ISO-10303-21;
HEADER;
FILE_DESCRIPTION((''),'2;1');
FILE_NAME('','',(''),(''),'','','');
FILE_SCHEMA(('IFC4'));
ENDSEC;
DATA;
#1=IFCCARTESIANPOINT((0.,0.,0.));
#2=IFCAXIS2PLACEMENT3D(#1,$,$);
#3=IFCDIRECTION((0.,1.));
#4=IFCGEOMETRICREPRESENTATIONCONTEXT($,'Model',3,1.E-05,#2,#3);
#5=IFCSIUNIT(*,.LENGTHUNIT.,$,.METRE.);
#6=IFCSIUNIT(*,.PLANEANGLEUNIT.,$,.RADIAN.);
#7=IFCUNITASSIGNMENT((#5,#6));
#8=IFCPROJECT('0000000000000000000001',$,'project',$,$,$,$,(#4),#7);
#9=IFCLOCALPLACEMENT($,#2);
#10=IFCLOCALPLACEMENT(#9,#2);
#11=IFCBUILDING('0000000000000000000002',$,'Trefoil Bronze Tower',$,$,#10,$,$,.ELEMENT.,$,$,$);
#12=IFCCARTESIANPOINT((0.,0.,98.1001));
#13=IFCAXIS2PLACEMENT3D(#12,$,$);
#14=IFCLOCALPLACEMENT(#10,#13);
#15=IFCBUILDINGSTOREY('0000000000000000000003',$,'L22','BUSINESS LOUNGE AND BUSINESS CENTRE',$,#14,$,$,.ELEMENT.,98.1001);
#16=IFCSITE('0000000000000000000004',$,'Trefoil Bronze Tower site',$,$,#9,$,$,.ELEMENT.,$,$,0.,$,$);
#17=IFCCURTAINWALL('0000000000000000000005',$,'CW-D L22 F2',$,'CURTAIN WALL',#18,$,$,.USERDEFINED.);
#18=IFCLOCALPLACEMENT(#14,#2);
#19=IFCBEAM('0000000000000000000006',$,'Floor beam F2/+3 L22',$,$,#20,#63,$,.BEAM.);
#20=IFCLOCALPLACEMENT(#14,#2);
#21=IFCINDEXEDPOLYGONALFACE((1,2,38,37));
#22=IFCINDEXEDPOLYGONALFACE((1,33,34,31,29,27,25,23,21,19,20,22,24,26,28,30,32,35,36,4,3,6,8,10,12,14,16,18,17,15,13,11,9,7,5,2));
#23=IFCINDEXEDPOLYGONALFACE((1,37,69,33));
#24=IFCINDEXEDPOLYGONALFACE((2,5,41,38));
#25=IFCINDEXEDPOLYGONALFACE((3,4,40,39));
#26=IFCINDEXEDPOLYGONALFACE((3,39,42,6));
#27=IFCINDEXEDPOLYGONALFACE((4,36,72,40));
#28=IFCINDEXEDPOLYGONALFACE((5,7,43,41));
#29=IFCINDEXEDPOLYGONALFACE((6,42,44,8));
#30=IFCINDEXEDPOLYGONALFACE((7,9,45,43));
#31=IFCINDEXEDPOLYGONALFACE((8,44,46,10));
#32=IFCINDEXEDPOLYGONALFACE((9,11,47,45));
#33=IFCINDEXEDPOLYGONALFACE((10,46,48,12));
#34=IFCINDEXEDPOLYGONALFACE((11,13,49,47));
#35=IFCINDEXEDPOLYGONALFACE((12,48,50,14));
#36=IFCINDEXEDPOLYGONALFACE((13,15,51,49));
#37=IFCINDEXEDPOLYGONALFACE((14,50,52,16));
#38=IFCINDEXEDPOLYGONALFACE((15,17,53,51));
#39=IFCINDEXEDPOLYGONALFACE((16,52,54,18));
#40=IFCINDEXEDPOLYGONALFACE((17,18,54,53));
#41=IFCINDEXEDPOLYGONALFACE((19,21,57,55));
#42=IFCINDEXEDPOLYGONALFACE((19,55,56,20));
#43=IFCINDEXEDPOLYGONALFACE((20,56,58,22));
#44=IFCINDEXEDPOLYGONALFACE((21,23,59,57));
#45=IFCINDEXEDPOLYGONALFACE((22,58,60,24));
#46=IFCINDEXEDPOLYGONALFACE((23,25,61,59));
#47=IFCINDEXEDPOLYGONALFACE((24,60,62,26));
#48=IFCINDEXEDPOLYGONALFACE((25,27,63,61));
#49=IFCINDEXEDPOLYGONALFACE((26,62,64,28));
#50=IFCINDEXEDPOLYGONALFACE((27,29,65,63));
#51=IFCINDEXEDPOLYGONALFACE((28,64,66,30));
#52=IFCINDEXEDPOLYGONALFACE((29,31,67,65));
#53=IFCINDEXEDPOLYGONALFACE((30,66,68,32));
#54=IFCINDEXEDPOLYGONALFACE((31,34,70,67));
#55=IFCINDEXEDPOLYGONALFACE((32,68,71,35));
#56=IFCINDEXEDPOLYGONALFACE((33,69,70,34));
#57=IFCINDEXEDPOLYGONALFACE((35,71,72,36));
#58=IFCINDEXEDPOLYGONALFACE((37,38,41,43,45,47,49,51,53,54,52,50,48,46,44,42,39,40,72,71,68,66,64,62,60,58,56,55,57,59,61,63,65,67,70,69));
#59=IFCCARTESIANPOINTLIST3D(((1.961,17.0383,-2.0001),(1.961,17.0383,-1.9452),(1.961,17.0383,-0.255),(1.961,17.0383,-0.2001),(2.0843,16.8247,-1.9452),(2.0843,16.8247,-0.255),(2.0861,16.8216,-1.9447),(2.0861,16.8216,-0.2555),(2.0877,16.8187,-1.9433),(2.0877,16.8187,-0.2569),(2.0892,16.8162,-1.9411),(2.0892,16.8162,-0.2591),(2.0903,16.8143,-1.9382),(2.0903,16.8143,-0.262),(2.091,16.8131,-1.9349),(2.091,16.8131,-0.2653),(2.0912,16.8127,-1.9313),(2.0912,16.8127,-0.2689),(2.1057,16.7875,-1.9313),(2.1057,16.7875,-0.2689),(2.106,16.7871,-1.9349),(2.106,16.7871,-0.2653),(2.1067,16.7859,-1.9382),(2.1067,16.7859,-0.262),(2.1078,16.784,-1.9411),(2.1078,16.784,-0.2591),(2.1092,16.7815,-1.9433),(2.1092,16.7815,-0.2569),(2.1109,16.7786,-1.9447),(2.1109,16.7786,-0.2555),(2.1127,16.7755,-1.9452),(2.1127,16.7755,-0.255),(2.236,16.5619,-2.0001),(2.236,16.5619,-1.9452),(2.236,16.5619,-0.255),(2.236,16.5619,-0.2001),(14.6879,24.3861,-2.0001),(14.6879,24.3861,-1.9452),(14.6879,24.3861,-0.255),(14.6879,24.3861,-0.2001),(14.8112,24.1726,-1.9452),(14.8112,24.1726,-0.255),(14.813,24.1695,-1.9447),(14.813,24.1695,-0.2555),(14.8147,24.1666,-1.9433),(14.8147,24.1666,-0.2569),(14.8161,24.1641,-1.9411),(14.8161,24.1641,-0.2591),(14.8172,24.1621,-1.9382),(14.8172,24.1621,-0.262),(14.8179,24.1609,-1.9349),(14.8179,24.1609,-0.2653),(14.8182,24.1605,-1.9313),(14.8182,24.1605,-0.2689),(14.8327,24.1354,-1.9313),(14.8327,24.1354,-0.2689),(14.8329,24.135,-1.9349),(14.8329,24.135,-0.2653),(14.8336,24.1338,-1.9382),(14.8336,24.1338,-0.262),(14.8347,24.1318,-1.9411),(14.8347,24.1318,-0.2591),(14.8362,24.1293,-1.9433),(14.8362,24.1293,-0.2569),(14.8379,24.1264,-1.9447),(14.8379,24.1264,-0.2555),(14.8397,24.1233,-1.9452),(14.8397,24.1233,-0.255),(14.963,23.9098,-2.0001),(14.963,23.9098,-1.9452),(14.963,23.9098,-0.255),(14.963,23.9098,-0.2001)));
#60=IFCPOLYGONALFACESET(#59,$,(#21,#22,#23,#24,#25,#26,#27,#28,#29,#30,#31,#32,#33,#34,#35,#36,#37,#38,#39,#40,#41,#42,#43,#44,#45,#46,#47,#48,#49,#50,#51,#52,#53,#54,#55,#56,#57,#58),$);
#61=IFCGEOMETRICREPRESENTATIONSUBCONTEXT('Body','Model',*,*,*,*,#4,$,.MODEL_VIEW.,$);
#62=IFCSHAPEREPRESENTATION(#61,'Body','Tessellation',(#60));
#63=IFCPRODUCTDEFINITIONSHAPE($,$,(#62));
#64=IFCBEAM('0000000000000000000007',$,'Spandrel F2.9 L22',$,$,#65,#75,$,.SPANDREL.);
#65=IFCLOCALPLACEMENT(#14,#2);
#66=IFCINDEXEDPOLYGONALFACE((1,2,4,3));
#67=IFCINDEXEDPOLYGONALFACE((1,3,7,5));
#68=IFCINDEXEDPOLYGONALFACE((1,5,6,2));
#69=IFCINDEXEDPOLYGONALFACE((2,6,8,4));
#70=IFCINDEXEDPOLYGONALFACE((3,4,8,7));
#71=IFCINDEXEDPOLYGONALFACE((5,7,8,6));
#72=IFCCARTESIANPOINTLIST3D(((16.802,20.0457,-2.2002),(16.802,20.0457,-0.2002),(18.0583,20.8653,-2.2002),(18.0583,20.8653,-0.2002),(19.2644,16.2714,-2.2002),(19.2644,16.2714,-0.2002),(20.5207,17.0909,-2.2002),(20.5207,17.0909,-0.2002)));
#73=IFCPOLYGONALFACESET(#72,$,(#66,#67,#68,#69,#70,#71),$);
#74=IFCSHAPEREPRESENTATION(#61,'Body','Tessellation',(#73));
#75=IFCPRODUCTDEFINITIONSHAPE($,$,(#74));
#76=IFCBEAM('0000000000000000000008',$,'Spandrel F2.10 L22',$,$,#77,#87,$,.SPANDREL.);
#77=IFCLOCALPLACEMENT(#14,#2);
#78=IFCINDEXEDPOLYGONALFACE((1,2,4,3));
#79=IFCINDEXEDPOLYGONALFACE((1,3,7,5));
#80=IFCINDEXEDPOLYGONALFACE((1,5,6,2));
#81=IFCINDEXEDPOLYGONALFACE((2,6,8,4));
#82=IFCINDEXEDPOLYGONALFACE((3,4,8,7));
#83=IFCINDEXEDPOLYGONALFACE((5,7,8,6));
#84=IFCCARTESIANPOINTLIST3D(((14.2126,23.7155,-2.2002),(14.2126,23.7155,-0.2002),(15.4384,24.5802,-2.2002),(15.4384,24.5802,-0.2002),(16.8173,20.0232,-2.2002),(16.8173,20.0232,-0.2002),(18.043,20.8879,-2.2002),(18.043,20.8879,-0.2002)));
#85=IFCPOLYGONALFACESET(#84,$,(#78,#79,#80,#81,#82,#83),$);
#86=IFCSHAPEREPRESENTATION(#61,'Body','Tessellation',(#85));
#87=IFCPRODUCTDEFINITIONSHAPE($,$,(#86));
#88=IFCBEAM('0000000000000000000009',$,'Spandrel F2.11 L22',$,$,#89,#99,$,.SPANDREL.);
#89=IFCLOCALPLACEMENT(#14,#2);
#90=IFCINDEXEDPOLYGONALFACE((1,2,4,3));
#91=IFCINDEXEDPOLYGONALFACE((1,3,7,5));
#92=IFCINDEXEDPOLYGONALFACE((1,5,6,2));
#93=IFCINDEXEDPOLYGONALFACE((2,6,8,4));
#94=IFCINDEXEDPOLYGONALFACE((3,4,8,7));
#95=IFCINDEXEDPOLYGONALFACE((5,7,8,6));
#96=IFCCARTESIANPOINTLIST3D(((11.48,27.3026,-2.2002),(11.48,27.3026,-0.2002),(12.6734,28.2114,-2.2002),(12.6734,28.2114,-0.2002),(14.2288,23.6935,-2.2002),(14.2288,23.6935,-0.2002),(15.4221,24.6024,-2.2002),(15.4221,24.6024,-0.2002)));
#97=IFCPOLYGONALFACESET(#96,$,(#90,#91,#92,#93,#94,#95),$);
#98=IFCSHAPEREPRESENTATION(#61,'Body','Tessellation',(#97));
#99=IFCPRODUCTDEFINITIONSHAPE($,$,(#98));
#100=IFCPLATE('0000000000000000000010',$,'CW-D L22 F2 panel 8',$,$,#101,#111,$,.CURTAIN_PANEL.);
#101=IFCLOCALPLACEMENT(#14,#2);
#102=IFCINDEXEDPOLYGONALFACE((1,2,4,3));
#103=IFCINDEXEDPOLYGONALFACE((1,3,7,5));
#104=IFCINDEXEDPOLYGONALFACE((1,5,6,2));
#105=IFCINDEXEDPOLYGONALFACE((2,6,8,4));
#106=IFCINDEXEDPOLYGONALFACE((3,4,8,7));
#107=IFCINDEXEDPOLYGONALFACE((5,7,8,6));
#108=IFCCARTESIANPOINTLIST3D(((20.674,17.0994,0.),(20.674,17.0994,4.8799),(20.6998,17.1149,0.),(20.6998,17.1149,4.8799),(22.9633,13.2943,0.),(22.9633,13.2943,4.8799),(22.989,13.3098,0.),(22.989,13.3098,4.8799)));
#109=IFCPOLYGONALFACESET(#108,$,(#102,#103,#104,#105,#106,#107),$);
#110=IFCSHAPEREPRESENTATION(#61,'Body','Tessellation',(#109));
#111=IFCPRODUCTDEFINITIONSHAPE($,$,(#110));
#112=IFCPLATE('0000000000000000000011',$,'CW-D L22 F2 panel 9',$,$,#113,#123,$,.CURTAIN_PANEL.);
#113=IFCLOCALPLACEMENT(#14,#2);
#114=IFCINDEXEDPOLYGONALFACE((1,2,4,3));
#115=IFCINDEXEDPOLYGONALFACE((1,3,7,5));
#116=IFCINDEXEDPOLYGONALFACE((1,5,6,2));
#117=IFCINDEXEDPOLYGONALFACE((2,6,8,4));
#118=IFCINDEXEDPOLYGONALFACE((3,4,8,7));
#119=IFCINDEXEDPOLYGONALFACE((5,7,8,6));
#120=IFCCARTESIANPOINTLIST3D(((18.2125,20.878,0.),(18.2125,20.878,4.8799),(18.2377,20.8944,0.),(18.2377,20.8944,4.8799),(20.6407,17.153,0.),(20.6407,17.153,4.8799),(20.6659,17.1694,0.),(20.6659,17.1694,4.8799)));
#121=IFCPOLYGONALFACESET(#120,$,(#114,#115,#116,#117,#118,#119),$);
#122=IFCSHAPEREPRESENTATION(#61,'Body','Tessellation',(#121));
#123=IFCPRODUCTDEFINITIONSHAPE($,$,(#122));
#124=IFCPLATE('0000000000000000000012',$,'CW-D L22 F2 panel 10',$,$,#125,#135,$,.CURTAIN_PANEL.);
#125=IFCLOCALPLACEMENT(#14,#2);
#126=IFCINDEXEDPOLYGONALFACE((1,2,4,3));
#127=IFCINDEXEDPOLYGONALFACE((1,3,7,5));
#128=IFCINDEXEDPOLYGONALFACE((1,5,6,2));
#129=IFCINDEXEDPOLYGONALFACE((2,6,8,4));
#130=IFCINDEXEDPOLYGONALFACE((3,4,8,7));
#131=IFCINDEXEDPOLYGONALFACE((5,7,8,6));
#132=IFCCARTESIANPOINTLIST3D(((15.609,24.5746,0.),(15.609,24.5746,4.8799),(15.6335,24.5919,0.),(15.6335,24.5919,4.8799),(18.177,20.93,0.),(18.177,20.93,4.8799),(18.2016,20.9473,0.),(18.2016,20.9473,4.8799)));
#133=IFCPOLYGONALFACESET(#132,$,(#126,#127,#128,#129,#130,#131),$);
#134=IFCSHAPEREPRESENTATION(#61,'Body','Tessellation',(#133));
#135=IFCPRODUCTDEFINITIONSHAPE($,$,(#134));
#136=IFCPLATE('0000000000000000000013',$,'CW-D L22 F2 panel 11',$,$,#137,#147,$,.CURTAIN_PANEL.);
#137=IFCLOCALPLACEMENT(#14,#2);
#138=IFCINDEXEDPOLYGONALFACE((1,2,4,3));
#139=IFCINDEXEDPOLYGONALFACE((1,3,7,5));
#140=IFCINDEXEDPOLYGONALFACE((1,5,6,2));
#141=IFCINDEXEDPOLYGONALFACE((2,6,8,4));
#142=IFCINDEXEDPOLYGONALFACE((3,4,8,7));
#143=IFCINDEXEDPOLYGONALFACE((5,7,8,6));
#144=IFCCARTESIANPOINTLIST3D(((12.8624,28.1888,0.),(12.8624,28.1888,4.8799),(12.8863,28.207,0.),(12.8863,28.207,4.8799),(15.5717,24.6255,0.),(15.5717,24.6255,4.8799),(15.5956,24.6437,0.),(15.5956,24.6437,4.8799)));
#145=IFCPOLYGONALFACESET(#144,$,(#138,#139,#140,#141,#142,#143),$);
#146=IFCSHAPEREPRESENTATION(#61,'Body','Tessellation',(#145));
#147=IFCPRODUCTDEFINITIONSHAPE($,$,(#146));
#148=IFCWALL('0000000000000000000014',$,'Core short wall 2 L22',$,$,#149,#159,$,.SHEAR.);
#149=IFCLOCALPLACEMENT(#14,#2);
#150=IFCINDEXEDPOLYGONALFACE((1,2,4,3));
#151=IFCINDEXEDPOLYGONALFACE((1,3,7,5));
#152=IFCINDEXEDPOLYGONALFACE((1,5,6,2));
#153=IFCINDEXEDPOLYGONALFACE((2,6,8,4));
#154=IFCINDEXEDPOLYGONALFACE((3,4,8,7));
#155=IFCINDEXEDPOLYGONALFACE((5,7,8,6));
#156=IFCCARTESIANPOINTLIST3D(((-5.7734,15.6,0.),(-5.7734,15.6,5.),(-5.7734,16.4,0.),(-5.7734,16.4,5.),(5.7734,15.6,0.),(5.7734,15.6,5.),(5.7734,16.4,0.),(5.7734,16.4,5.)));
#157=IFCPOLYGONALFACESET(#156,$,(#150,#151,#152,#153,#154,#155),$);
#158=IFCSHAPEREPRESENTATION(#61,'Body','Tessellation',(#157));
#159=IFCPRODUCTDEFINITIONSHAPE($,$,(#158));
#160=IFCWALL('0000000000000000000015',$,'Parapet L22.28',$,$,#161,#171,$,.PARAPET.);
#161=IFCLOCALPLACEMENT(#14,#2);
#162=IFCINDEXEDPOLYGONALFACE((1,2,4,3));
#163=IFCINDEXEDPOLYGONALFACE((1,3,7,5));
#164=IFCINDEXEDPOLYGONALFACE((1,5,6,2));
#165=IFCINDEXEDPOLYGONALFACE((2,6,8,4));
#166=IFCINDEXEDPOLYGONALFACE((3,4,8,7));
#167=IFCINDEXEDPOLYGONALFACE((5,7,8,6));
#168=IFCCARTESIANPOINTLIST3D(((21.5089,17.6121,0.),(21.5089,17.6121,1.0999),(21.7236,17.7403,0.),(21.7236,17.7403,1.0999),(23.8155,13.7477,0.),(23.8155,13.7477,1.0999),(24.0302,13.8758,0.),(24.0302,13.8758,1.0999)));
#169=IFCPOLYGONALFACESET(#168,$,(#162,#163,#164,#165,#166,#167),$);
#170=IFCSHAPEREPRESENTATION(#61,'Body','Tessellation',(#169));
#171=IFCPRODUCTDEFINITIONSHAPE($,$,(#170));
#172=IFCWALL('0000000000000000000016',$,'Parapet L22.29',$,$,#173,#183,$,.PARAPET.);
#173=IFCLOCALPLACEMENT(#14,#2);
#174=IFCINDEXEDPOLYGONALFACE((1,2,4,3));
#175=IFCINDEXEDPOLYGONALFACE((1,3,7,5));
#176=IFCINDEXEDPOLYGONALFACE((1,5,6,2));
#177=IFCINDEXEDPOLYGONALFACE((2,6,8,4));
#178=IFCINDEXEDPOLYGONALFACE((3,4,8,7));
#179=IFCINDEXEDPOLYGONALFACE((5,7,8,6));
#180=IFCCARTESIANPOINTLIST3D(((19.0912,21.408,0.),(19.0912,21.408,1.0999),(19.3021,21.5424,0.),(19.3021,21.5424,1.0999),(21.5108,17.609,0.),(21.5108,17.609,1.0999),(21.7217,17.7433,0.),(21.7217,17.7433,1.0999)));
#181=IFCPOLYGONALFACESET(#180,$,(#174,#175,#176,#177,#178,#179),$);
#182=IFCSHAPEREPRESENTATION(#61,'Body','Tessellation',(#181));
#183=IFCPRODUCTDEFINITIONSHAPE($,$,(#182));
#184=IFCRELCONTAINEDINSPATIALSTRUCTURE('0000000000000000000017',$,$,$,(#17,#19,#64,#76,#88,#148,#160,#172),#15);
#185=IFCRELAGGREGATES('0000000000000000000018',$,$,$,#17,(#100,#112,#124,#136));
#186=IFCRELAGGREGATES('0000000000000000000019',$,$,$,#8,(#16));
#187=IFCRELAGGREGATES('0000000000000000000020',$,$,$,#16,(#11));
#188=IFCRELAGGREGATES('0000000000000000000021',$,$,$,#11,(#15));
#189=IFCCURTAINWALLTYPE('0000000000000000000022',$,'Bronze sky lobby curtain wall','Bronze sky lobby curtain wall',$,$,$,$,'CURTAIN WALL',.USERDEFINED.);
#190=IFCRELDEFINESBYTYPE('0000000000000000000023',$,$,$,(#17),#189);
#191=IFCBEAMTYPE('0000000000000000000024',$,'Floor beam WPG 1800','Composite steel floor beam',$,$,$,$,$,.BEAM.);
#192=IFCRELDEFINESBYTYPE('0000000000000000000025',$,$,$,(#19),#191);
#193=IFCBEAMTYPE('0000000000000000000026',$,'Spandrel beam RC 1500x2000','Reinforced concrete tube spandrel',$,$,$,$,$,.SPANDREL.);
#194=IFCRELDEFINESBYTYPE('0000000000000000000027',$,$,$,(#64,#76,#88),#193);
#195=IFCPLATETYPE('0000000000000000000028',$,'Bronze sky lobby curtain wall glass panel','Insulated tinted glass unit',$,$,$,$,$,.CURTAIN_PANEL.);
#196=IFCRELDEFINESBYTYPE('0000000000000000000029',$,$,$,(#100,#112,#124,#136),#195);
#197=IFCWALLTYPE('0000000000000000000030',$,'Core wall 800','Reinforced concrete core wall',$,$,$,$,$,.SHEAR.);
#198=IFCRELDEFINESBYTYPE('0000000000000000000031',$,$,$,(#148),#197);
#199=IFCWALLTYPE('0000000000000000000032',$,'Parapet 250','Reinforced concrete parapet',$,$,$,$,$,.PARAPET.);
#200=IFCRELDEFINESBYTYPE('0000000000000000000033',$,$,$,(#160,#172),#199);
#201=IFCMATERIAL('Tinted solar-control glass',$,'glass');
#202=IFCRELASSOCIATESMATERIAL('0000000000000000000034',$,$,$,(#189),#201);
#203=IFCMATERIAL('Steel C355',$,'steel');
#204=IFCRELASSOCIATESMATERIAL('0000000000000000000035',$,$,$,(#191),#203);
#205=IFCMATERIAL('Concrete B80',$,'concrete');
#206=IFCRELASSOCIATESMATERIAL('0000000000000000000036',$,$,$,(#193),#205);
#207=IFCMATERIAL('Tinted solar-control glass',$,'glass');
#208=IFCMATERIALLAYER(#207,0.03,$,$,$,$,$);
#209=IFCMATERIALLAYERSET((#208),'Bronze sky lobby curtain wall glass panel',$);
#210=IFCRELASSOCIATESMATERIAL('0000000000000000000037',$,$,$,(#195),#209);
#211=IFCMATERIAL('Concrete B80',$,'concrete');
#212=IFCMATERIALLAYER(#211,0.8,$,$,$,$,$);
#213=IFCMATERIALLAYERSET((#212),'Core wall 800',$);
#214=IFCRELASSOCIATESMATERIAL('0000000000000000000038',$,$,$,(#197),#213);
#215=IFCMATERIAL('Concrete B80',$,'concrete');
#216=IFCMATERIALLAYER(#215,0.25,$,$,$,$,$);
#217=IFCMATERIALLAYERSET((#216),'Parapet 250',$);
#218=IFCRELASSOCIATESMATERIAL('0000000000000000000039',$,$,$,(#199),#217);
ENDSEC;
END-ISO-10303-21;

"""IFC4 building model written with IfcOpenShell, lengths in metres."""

from ifc_helpers import new_model, si_unit, direction, frame, frame_2d, origin, origin_2d, place, context, subcontext, project, spatial, rectangle, i_section, extrude, material, layer, layer_set, material_profile, profile_set, type_object, element, aggregate, save


model = new_model("IFC4")

# Units and contexts
model_context = context("Model", 3, precision=1e-05, world=origin(), true_north=direction((0.0, 1.0)))
body_context = subcontext(model_context, "Body", "Model", "MODEL_VIEW")
ifc_project = project(units=[si_unit("LENGTHUNIT", "METRE"), si_unit("PLANEANGLEUNIT", "RADIAN")], contexts=[model_context])

# Site, building, storey
site_placement = place(None, origin())
site = spatial("IfcSite", under=ifc_project, at=site_placement, Name="Trefoil Bronze Tower site", CompositionType="ELEMENT", RefElevation=0.0)
building_placement = place(site_placement, origin())
building = spatial("IfcBuilding", under=site, at=building_placement, Name="Trefoil Bronze Tower", CompositionType="ELEMENT")
storey_placement = place(building_placement, frame((0.0, 0.0, 98.1001)))
storey = spatial("IfcBuildingStorey", under=building, at=storey_placement, Name="L22", Description="BUSINESS LOUNGE AND BUSINESS CENTRE", CompositionType="ELEMENT", Elevation=98.1001)

# Curtain wall
ifc_material_1 = material(Name="Tinted solar-control glass", Category="glass")
curtain_wall_type = type_object("IfcCurtainWallType", Name="Bronze sky lobby curtain wall", Description="Bronze sky lobby curtain wall", ElementType="CURTAIN WALL", PredefinedType="USERDEFINED", material=ifc_material_1)
curtain_wall_placement = place(storey_placement, origin())
curtain_wall = element("IfcCurtainWall", 1, at=curtain_wall_placement, inside=storey, type_object=curtain_wall_type, Name="CW-D L22 F2", ObjectType="CURTAIN WALL", PredefinedType="USERDEFINED")

# Beams
ifc_material_2 = material(Name="Steel C355", Category="steel")
ifc_material_profile_1 = material_profile(ifc_material_2, i_section(OverallWidth=0.55, OverallDepth=1.8, WebThickness=0.0291, FlangeThickness=0.0549, FilletRadius=0.0139, at=origin_2d()), Name="WPG 1800")
ifc_profile_set_1 = profile_set([ifc_material_profile_1], Name="Steel C355")
beam_type_1 = type_object("IfcBeamType", Name="Floor beam WPG 1800", Description="Composite steel floor beam", PredefinedType="BEAM", material=ifc_profile_set_1)
beam_1_placement = place(storey_placement, frame((14.8254, 24.1479, -1.1001), z_axis=(-0.866027, -0.499997, 0.0), x_axis=(0.499997, -0.866027, 0.0)))
element("IfcBeam", 2, at=beam_1_placement, inside=storey, type_object=beam_type_1, Name="Floor beam F2/+3 L22", PredefinedType="BEAM", context=body_context, shape_type="SweptSolid", body=[
    extrude(i_section(OverallWidth=0.55, OverallDepth=1.8, WebThickness=0.0291, FlangeThickness=0.0549, FilletRadius=0.0139, at=origin_2d()), origin(), (0.0, 0.0, 1.0), 14.6958),
])
ifc_material_3 = material(Name="Concrete B80", Category="concrete")
ifc_material_profile_2 = material_profile(ifc_material_3, rectangle(XDim=1.5, YDim=2.0, at=origin_2d()), Name="RC 1500x2000")
ifc_profile_set_2 = profile_set([ifc_material_profile_2], Name="Concrete B80")
beam_type_2 = type_object("IfcBeamType", Name="Spandrel beam RC 1500x2000", Description="Reinforced concrete tube spandrel", PredefinedType="SPANDREL", material=ifc_profile_set_2)
beam_2_placement = place(storey_placement, frame((19.8926, 16.6812, -1.2002), z_axis=(-0.546397, 0.837527, 0.0), x_axis=(-0.837527, -0.546397, 0.0)))
element("IfcBeam", 3, at=beam_2_placement, inside=storey, type_object=beam_type_2, Name="Spandrel F2.9 L22", PredefinedType="SPANDREL", context=body_context, shape_type="SweptSolid", body=[
    extrude(rectangle(XDim=1.5, YDim=2.0, at=origin_2d()), origin(), (0.0, 0.0, 1.0), 4.5066),
])
beam_3_placement = place(storey_placement, frame((17.4302, 20.4556, -1.2002), z_axis=(-0.576439, 0.81714, 0.0), x_axis=(-0.81714, -0.576439, 0.0)))
element("IfcBeam", 4, at=beam_3_placement, inside=storey, type_object=beam_type_2, Name="Spandrel F2.10 L22", PredefinedType="SPANDREL", context=body_context, shape_type="SweptSolid", body=[
    extrude(rectangle(XDim=1.5, YDim=2.0, at=origin_2d()), origin(), (0.0, 0.0, 1.0), 4.5186),
])
beam_4_placement = place(storey_placement, frame((14.8254, 24.1479, -1.2002), z_axis=(-0.605899, 0.795542, 0.0), x_axis=(-0.795542, -0.605899, 0.0)))
element("IfcBeam", 5, at=beam_4_placement, inside=storey, type_object=beam_type_2, Name="Spandrel F2.11 L22", PredefinedType="SPANDREL", context=body_context, shape_type="SweptSolid", body=[
    extrude(rectangle(XDim=1.5, YDim=2.0, at=origin_2d()), origin(), (0.0, 0.0, 1.0), 4.5366),
])

# Plates
ifc_material_4 = material(Name="Tinted solar-control glass", Category="glass")
ifc_layer_1 = layer(ifc_material_4, 0.03)
ifc_layer_set_1 = layer_set([ifc_layer_1], Name="Bronze sky lobby curtain wall glass panel")
plate_type = type_object("IfcPlateType", Name="Bronze sky lobby curtain wall glass panel", Description="Insulated tinted glass unit", PredefinedType="CURTAIN_PANEL", material=ifc_layer_set_1)
plate_1_placement = place(storey_placement, frame((21.8315, 15.2046, 0.0), z_axis=(0.0, 0.0, 1.0), x_axis=(-0.515525, 0.856874, 0.0)))
plate_1 = element("IfcPlate", 6, at=plate_1_placement, type_object=plate_type, Name="CW-D L22 F2 panel 8", PredefinedType="CURTAIN_PANEL", context=body_context, shape_type="SweptSolid", body=[
    extrude(rectangle(XDim=4.4407, YDim=0.03, at=origin_2d()), origin(), (0.0, 0.0, 1.0), 4.8799),
])
plate_2_placement = place(storey_placement, frame((19.4392, 19.0237, 0.0), z_axis=(0.0, 0.0, 1.0), x_axis=(-0.546089, 0.837727, 0.0)))
plate_2 = element("IfcPlate", 7, at=plate_2_placement, type_object=plate_type, Name="CW-D L22 F2 panel 9", PredefinedType="CURTAIN_PANEL", context=body_context, shape_type="SweptSolid", body=[
    extrude(rectangle(XDim=4.4465, YDim=0.03, at=origin_2d()), origin(), (0.0, 0.0, 1.0), 4.8799),
])
plate_3_placement = place(storey_placement, frame((16.9053, 22.761, 0.0), z_axis=(0.0, 0.0, 1.0), x_axis=(-0.575999, 0.81745, 0.0)))
plate_3 = element("IfcPlate", 8, at=plate_3_placement, type_object=plate_type, Name="CW-D L22 F2 panel 10", PredefinedType="CURTAIN_PANEL", context=body_context, shape_type="SweptSolid", body=[
    extrude(rectangle(XDim=4.4585, YDim=0.03, at=origin_2d()), origin(), (0.0, 0.0, 1.0), 4.8799),
])
plate_4_placement = place(storey_placement, frame((14.229, 26.4163, 0.0), z_axis=(0.0, 0.0, 1.0), x_axis=(-0.605252, 0.796034, 0.0)))
plate_4 = element("IfcPlate", 9, at=plate_4_placement, type_object=plate_type, Name="CW-D L22 F2 panel 11", PredefinedType="CURTAIN_PANEL", context=body_context, shape_type="SweptSolid", body=[
    extrude(rectangle(XDim=4.4763, YDim=0.03, at=origin_2d()), origin(), (0.0, 0.0, 1.0), 4.8799),
])
aggregate(curtain_wall, [plate_1, plate_2, plate_3, plate_4])

# Walls
ifc_material_5 = material(Name="Concrete B80", Category="concrete")
ifc_layer_2 = layer(ifc_material_5, 0.8)
ifc_layer_set_2 = layer_set([ifc_layer_2], Name="Core wall 800")
wall_type_1 = type_object("IfcWallType", Name="Core wall 800", Description="Reinforced concrete core wall", PredefinedType="SHEAR", material=ifc_layer_set_2)
wall_1_placement = place(storey_placement, frame((5.7734, 16.0, 0.0), z_axis=(0.0, 0.0, 1.0), x_axis=(-1.0, 0.0, 0.0)))
element("IfcWall", 10, at=wall_1_placement, inside=storey, type_object=wall_type_1, Name="Core short wall 2 L22", PredefinedType="SHEAR", context=body_context, shape_type="SweptSolid", body=[
    extrude(rectangle(XDim=11.5469, YDim=0.8, at=frame_2d((5.7734, 0.0))), origin(), (0.0, 0.0, 1.0), 5.0),
])
ifc_material_6 = material(Name="Concrete B80", Category="concrete")
ifc_layer_3 = layer(ifc_material_6, 0.25)
ifc_layer_set_3 = layer_set([ifc_layer_3], Name="Parapet 250")
wall_type_2 = type_object("IfcWallType", Name="Parapet 250", Description="Reinforced concrete parapet", PredefinedType="PARAPET", material=ifc_layer_set_3)
wall_2_placement = place(storey_placement, frame((23.9229, 13.8118, 0.0), z_axis=(0.0, 0.0, 1.0), x_axis=(-0.512524, 0.858673, 0.0)))
element("IfcWall", 11, at=wall_2_placement, inside=storey, type_object=wall_type_2, Name="Parapet L22.28", PredefinedType="PARAPET", context=body_context, shape_type="SweptSolid", body=[
    extrude(rectangle(XDim=4.5005, YDim=0.25, at=frame_2d((2.2502, 0.0))), origin(), (0.0, 0.0, 1.0), 1.0999),
])
wall_3_placement = place(storey_placement, frame((21.6162, 17.6763, 0.0), z_axis=(0.0, 0.0, 1.0), x_axis=(-0.537205, 0.843452, 0.0)))
element("IfcWall", 12, at=wall_3_placement, inside=storey, type_object=wall_type_2, Name="Parapet L22.29", PredefinedType="PARAPET", context=body_context, shape_type="SweptSolid", body=[
    extrude(rectangle(XDim=4.5042, YDim=0.25, at=frame_2d((2.252, 0.0))), origin(), (0.0, 0.0, 1.0), 1.0999),
])

save(model, "model.ifc")
